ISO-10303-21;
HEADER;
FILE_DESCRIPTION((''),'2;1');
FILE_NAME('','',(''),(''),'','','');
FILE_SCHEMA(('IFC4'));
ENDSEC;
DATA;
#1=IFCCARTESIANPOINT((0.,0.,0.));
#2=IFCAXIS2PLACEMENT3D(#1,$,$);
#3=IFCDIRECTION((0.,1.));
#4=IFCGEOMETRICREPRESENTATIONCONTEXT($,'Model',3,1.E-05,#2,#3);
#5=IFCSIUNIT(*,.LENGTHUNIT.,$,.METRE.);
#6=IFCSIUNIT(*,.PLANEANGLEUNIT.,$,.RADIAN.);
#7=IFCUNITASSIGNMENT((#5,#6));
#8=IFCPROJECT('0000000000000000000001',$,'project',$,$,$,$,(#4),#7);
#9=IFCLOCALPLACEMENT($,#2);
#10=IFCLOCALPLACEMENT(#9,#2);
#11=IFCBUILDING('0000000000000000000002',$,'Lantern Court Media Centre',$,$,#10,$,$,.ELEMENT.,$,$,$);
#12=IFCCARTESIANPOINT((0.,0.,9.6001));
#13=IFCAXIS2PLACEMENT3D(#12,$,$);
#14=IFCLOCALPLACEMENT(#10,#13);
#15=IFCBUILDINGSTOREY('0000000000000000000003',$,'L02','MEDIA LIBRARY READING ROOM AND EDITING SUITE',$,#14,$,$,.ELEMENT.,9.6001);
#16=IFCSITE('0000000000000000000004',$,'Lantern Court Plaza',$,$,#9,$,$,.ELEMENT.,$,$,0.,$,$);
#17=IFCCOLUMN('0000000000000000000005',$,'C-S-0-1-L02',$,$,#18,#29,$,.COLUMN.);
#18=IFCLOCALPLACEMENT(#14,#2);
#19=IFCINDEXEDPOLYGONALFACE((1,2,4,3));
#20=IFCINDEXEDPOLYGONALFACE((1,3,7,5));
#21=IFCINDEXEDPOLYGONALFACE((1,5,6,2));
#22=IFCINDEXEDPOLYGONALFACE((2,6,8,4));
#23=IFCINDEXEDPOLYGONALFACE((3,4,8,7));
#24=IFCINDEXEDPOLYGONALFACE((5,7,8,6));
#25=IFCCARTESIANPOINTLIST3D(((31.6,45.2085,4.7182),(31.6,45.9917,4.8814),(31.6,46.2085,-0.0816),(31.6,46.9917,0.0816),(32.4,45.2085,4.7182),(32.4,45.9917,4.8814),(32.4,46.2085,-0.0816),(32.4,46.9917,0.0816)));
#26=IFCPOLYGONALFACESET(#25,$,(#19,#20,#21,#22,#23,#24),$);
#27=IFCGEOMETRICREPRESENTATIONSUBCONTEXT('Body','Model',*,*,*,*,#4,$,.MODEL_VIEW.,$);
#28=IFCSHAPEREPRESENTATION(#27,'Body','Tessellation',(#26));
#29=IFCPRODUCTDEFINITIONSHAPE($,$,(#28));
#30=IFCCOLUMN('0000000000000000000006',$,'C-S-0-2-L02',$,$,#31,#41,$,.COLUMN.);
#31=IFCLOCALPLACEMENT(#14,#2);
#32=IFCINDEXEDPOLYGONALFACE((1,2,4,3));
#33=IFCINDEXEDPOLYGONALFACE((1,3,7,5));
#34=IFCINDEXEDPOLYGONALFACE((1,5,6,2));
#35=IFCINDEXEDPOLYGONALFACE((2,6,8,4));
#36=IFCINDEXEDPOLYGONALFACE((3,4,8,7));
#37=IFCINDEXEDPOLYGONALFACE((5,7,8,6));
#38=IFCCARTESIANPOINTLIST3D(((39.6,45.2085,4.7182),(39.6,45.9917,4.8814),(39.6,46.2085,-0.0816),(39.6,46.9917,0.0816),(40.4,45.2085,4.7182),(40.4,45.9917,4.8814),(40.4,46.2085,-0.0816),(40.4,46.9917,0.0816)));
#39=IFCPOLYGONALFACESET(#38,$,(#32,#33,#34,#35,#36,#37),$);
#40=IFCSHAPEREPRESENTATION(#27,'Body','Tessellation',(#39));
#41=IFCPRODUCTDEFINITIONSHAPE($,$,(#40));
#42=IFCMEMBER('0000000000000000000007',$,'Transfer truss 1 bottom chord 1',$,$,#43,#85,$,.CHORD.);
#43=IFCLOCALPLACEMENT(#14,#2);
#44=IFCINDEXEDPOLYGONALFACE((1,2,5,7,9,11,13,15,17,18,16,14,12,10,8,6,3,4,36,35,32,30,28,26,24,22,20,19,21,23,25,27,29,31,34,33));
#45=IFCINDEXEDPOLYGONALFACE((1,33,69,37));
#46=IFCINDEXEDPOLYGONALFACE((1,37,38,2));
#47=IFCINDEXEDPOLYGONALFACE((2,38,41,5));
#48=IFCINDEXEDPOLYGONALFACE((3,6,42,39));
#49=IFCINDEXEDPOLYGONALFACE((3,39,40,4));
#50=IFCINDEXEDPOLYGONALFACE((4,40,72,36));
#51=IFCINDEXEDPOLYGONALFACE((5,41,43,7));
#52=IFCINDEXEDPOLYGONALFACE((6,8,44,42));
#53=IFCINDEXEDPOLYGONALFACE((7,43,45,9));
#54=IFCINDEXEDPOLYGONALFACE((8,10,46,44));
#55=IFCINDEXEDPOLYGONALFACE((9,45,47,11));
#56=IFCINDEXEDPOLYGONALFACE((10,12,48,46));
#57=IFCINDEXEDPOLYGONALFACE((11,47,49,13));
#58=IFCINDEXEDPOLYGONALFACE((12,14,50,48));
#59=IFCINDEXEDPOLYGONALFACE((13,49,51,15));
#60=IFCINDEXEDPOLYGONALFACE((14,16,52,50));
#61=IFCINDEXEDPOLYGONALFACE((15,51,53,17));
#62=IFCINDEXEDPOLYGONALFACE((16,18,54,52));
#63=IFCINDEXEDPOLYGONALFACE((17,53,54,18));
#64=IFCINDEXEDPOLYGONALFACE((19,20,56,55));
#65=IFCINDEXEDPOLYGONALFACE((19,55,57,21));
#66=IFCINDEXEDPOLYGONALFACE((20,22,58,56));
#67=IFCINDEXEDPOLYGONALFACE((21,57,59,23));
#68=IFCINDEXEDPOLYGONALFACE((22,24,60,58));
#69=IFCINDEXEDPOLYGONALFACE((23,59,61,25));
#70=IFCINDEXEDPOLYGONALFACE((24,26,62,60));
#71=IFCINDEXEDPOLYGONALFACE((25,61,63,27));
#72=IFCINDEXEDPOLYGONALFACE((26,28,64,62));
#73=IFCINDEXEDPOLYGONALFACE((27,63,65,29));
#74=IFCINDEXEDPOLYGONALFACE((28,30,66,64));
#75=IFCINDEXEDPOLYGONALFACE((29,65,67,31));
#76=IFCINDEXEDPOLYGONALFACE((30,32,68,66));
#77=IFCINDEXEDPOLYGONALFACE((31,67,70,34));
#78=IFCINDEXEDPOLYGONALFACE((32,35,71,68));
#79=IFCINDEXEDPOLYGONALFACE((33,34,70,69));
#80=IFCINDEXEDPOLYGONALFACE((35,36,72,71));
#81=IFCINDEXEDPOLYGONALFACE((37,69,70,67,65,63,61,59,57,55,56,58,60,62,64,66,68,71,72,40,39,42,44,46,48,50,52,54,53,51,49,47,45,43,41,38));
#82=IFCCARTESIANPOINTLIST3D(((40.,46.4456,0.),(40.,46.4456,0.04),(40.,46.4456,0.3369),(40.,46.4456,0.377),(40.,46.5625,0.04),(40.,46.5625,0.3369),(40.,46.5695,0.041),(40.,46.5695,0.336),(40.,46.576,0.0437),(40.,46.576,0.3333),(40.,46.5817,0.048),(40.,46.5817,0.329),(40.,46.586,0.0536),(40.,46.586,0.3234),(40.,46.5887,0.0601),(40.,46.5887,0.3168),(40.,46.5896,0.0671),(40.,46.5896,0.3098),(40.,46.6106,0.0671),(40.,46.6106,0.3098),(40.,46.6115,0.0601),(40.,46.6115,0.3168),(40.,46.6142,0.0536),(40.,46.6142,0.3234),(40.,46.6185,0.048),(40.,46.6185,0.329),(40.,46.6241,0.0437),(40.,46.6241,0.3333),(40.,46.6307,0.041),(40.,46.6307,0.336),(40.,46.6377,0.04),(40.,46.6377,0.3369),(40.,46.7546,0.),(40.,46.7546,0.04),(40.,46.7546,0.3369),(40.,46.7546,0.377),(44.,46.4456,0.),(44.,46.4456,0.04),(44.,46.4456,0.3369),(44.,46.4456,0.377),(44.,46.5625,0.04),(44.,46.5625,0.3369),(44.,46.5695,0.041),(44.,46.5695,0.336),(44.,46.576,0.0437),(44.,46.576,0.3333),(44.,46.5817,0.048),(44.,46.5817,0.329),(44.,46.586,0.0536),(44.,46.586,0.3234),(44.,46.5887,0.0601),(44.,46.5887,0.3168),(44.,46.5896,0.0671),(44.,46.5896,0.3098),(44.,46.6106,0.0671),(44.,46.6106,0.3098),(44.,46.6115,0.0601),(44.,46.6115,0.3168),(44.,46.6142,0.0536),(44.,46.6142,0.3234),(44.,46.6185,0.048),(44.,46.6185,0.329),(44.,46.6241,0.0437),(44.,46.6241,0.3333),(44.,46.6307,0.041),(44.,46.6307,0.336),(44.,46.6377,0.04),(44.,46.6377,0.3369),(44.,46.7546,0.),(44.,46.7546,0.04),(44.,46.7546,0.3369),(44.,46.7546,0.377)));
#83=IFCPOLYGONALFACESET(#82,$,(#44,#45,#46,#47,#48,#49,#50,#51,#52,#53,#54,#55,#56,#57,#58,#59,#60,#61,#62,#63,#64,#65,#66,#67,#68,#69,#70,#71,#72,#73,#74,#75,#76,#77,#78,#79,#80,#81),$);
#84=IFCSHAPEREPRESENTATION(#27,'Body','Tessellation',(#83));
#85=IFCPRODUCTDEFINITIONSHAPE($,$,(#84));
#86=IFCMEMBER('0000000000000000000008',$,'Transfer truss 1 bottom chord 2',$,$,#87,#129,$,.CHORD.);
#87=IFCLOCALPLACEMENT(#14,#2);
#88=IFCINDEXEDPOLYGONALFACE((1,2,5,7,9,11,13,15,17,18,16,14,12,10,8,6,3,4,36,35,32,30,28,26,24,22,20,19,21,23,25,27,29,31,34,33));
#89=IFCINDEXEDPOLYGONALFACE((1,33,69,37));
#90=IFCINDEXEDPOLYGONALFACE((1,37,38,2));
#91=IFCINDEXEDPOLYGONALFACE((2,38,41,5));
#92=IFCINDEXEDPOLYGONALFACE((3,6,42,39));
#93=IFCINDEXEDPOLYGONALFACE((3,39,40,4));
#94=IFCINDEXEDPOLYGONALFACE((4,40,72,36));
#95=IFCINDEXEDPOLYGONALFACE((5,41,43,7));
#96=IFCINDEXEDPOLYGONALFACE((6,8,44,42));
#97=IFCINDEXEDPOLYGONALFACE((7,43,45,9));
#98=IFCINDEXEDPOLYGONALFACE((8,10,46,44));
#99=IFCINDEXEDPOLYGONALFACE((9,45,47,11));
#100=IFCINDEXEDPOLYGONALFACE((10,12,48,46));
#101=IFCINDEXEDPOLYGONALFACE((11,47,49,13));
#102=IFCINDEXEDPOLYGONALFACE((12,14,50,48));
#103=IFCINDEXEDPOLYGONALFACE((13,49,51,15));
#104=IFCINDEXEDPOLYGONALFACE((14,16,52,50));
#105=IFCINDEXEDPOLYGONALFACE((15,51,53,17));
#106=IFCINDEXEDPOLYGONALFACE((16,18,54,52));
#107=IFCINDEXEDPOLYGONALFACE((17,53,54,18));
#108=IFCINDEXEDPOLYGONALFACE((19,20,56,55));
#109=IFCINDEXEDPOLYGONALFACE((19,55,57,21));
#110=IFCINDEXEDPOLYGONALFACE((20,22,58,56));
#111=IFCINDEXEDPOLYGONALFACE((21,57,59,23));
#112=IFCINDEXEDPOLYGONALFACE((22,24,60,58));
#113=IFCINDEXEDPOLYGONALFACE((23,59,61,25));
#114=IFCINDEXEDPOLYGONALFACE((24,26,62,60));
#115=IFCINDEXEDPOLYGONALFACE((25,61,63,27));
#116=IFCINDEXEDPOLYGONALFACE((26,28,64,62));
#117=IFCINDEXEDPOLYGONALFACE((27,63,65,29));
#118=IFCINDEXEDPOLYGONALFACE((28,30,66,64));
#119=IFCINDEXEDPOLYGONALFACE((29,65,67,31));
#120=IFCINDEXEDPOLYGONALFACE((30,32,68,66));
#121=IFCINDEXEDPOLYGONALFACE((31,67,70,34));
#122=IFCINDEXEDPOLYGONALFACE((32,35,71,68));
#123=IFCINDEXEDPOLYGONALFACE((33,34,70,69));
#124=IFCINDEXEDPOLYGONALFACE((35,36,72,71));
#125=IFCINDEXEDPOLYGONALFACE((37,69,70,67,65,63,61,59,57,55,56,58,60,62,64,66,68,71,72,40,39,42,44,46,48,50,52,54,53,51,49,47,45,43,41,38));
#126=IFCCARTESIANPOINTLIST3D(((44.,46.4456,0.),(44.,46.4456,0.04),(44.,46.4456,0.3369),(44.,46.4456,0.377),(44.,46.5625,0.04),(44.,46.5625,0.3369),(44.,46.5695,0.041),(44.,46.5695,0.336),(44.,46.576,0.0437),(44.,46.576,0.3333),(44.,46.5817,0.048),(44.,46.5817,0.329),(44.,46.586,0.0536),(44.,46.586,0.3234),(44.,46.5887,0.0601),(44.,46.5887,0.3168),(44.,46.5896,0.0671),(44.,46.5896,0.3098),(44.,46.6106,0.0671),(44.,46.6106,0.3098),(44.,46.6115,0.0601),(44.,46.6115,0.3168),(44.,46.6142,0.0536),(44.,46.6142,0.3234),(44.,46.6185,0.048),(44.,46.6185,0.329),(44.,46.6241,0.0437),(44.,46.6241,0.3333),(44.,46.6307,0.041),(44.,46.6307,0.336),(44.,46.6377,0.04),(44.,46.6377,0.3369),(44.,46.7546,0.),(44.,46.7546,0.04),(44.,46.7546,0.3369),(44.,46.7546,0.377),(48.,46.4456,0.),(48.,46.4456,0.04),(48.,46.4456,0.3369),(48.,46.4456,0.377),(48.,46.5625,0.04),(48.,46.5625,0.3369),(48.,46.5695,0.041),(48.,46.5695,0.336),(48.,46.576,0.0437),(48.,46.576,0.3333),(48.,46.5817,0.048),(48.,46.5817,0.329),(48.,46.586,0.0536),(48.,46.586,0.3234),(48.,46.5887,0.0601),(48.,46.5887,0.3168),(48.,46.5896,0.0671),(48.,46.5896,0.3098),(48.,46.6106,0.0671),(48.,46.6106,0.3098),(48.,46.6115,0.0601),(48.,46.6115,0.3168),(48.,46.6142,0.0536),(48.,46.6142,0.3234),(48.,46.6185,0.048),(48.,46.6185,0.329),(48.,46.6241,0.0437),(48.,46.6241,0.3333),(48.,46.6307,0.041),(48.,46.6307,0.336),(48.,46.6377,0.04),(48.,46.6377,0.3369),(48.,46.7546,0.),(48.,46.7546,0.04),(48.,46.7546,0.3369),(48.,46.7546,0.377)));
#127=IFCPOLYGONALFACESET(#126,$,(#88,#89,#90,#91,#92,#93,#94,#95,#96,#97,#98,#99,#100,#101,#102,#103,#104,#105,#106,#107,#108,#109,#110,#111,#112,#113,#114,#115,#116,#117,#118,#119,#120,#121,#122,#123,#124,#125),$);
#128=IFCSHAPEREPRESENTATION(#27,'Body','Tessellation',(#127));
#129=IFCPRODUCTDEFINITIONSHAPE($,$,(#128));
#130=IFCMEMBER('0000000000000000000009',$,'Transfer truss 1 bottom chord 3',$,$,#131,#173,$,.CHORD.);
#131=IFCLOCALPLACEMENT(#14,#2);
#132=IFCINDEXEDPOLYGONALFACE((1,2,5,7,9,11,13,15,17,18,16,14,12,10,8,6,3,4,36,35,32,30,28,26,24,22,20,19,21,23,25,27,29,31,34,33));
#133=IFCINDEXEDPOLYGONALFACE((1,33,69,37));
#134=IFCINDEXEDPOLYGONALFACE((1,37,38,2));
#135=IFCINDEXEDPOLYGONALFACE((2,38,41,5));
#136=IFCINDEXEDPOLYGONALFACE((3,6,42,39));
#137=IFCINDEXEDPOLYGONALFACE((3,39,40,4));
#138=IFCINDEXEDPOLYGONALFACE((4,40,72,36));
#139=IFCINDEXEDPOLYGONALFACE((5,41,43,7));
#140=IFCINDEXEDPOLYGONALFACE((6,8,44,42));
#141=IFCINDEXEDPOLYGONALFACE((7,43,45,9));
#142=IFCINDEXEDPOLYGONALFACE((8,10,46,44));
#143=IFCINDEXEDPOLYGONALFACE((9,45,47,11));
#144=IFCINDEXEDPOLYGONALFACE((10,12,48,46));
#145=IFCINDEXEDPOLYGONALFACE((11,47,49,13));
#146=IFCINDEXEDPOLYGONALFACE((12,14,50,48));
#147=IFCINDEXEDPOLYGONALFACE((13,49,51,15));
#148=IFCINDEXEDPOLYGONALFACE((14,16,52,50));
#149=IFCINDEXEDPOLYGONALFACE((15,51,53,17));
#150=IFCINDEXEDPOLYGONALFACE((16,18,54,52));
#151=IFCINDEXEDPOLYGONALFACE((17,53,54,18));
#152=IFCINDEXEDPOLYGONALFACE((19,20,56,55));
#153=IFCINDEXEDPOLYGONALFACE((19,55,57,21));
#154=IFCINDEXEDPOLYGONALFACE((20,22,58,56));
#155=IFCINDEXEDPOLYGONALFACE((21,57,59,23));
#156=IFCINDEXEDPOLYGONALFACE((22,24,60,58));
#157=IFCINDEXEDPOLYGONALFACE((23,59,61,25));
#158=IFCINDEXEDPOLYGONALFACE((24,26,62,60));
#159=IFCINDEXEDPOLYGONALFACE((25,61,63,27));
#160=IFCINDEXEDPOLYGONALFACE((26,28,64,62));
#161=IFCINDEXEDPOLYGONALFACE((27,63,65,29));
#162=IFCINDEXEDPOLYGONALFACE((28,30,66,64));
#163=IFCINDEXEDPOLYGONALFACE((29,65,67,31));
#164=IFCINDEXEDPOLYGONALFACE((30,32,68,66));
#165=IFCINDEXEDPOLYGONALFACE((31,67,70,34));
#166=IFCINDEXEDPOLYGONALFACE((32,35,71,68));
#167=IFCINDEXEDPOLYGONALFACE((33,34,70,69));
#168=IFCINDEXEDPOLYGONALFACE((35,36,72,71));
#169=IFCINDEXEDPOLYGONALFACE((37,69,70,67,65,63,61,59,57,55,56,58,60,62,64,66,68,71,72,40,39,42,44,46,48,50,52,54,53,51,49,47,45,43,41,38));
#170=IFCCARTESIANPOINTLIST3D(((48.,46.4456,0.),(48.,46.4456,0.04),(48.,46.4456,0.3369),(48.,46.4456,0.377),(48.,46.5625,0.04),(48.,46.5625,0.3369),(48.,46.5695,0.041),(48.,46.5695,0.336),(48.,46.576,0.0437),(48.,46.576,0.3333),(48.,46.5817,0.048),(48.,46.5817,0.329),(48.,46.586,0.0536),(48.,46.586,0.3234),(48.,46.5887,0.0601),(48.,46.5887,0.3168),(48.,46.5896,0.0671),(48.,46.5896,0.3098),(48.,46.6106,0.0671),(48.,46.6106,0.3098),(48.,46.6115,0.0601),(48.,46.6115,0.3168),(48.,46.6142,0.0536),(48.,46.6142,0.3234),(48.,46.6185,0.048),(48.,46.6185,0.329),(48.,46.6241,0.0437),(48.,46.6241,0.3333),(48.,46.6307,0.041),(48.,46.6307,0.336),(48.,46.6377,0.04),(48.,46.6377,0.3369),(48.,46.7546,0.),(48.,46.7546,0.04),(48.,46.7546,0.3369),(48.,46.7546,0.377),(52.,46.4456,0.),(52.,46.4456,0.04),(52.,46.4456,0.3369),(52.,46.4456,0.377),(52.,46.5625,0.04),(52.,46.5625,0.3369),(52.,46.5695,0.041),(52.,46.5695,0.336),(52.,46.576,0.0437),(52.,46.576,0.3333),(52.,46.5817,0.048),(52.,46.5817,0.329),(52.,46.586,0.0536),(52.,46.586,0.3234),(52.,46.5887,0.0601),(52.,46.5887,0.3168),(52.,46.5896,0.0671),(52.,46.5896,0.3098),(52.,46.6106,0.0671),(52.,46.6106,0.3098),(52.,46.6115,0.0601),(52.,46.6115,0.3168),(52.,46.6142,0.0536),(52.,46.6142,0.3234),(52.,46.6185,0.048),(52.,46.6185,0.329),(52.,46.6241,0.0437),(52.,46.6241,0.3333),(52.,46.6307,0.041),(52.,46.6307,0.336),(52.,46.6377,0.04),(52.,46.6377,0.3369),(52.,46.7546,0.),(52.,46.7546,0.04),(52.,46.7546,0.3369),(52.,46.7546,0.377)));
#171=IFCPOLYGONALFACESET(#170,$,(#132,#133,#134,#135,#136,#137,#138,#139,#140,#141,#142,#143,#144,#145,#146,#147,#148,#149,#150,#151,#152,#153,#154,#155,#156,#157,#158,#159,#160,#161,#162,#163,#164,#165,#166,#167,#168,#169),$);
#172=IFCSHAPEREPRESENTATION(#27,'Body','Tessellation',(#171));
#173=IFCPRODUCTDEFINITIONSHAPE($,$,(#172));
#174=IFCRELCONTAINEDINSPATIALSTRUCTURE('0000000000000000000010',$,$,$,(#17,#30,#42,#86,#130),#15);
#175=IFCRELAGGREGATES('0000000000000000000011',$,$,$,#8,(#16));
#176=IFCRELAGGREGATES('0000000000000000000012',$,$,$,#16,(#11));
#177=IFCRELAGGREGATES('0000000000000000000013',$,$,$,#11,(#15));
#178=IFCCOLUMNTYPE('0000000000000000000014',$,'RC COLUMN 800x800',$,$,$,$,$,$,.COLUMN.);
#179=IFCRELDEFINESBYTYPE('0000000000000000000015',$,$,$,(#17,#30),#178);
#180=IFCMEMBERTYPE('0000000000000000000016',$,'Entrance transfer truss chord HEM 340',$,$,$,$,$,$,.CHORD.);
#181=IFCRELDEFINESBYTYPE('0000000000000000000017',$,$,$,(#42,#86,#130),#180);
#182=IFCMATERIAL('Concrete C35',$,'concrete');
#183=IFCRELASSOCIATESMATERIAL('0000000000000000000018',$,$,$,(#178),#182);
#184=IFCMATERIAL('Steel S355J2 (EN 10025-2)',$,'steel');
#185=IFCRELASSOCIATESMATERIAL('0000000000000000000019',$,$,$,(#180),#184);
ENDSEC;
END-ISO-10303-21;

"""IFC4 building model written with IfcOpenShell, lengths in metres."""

from ifc_helpers import new_model, si_unit, direction, frame, origin, origin_2d, place, context, subcontext, project, spatial, rectangle, i_section, extrude, material, material_profile, profile_set, type_object, element, save


model = new_model("IFC4")

# Units and contexts
model_context = context("Model", 3, precision=1e-05, world=origin(), true_north=direction((0.0, 1.0)))
body_context = subcontext(model_context, "Body", "Model", "MODEL_VIEW")
ifc_project = project(units=[si_unit("LENGTHUNIT", "METRE"), si_unit("PLANEANGLEUNIT", "RADIAN")], contexts=[model_context])

# Site, building, storey
site_placement = place(None, origin())
site = spatial("IfcSite", under=ifc_project, at=site_placement, Name="Lantern Court Plaza", CompositionType="ELEMENT", RefElevation=0.0)
building_placement = place(site_placement, origin())
building = spatial("IfcBuilding", under=site, at=building_placement, Name="Lantern Court Media Centre", CompositionType="ELEMENT")
storey_placement = place(building_placement, frame((0.0, 0.0, 9.6001)))
storey = spatial("IfcBuildingStorey", under=building, at=storey_placement, Name="L02", Description="MEDIA LIBRARY READING ROOM AND EDITING SUITE", CompositionType="ELEMENT", Elevation=9.6001)

# Columns
ifc_material_1 = material(Name="Concrete C35", Category="concrete")
ifc_material_profile_1 = material_profile(ifc_material_1, rectangle(XDim=0.8, YDim=0.8, at=origin_2d()), Name="RC 800x800")
ifc_profile_set_1 = profile_set([ifc_material_profile_1], Name="Concrete C35")
column_type = type_object("IfcColumnType", Name="RC COLUMN 800x800", PredefinedType="COLUMN", material=ifc_profile_set_1)
for number, where, z_axis, x_axis, name in (
    (1, (32.0, 46.6001, 0.0), (0.0, -0.203962, 0.978979), (1.0, 0.0, 0.0), "C-S-0-1-L02"),
    (2, (40.0, 46.6001, 0.0), (0.0, -0.203962, 0.978979), (1.0, 0.0, 0.0), "C-S-0-2-L02"),
):
    element("IfcColumn", number, at=place(storey_placement, frame(where, z_axis=z_axis, x_axis=x_axis)), inside=storey, type_object=column_type, Name=name, PredefinedType="COLUMN", context=body_context, shape_type="SweptSolid", body=[
        extrude(rectangle(XDim=0.8, YDim=0.8, at=origin_2d()), origin(), (0.0, 0.0, 1.0), 4.9028),
    ])

# Members
ifc_material_2 = material(Name="Steel S355J2 (EN 10025-2)", Category="steel")
ifc_material_profile_2 = material_profile(ifc_material_2, i_section(OverallWidth=0.3091, OverallDepth=0.377, WebThickness=0.021, FlangeThickness=0.04, FilletRadius=0.0271, at=origin_2d()), Name="HEM 340")
ifc_profile_set_2 = profile_set([ifc_material_profile_2], Name="Steel S355J2 (EN 10025-2)")
member_type_1 = type_object("IfcMemberType", Name="Entrance transfer truss chord HEM 340", PredefinedType="CHORD", material=ifc_profile_set_2)
for number, where, z_axis, x_axis, name in (
    (3, (40.0, 46.6001, 0.1885), (1.0, 0.0, 0.0), (0.0, 1.0, 0.0), "Transfer truss 1 bottom chord 1"),
    (4, (44.0, 46.6001, 0.1885), (1.0, 0.0, 0.0), (0.0, 1.0, 0.0), "Transfer truss 1 bottom chord 2"),
    (5, (48.0, 46.6001, 0.1885), (1.0, 0.0, 0.0), (0.0, 1.0, 0.0), "Transfer truss 1 bottom chord 3"),
):
    element("IfcMember", number, at=place(storey_placement, frame(where, z_axis=z_axis, x_axis=x_axis)), inside=storey, type_object=member_type_1, Name=name, PredefinedType="CHORD", context=body_context, shape_type="SweptSolid", body=[
        extrude(i_section(OverallWidth=0.3091, OverallDepth=0.377, WebThickness=0.021, FlangeThickness=0.04, FilletRadius=0.0271, at=origin_2d()), origin(), (0.0, 0.0, 1.0), 4.0),
    ])

save(model, "model.ifc")
